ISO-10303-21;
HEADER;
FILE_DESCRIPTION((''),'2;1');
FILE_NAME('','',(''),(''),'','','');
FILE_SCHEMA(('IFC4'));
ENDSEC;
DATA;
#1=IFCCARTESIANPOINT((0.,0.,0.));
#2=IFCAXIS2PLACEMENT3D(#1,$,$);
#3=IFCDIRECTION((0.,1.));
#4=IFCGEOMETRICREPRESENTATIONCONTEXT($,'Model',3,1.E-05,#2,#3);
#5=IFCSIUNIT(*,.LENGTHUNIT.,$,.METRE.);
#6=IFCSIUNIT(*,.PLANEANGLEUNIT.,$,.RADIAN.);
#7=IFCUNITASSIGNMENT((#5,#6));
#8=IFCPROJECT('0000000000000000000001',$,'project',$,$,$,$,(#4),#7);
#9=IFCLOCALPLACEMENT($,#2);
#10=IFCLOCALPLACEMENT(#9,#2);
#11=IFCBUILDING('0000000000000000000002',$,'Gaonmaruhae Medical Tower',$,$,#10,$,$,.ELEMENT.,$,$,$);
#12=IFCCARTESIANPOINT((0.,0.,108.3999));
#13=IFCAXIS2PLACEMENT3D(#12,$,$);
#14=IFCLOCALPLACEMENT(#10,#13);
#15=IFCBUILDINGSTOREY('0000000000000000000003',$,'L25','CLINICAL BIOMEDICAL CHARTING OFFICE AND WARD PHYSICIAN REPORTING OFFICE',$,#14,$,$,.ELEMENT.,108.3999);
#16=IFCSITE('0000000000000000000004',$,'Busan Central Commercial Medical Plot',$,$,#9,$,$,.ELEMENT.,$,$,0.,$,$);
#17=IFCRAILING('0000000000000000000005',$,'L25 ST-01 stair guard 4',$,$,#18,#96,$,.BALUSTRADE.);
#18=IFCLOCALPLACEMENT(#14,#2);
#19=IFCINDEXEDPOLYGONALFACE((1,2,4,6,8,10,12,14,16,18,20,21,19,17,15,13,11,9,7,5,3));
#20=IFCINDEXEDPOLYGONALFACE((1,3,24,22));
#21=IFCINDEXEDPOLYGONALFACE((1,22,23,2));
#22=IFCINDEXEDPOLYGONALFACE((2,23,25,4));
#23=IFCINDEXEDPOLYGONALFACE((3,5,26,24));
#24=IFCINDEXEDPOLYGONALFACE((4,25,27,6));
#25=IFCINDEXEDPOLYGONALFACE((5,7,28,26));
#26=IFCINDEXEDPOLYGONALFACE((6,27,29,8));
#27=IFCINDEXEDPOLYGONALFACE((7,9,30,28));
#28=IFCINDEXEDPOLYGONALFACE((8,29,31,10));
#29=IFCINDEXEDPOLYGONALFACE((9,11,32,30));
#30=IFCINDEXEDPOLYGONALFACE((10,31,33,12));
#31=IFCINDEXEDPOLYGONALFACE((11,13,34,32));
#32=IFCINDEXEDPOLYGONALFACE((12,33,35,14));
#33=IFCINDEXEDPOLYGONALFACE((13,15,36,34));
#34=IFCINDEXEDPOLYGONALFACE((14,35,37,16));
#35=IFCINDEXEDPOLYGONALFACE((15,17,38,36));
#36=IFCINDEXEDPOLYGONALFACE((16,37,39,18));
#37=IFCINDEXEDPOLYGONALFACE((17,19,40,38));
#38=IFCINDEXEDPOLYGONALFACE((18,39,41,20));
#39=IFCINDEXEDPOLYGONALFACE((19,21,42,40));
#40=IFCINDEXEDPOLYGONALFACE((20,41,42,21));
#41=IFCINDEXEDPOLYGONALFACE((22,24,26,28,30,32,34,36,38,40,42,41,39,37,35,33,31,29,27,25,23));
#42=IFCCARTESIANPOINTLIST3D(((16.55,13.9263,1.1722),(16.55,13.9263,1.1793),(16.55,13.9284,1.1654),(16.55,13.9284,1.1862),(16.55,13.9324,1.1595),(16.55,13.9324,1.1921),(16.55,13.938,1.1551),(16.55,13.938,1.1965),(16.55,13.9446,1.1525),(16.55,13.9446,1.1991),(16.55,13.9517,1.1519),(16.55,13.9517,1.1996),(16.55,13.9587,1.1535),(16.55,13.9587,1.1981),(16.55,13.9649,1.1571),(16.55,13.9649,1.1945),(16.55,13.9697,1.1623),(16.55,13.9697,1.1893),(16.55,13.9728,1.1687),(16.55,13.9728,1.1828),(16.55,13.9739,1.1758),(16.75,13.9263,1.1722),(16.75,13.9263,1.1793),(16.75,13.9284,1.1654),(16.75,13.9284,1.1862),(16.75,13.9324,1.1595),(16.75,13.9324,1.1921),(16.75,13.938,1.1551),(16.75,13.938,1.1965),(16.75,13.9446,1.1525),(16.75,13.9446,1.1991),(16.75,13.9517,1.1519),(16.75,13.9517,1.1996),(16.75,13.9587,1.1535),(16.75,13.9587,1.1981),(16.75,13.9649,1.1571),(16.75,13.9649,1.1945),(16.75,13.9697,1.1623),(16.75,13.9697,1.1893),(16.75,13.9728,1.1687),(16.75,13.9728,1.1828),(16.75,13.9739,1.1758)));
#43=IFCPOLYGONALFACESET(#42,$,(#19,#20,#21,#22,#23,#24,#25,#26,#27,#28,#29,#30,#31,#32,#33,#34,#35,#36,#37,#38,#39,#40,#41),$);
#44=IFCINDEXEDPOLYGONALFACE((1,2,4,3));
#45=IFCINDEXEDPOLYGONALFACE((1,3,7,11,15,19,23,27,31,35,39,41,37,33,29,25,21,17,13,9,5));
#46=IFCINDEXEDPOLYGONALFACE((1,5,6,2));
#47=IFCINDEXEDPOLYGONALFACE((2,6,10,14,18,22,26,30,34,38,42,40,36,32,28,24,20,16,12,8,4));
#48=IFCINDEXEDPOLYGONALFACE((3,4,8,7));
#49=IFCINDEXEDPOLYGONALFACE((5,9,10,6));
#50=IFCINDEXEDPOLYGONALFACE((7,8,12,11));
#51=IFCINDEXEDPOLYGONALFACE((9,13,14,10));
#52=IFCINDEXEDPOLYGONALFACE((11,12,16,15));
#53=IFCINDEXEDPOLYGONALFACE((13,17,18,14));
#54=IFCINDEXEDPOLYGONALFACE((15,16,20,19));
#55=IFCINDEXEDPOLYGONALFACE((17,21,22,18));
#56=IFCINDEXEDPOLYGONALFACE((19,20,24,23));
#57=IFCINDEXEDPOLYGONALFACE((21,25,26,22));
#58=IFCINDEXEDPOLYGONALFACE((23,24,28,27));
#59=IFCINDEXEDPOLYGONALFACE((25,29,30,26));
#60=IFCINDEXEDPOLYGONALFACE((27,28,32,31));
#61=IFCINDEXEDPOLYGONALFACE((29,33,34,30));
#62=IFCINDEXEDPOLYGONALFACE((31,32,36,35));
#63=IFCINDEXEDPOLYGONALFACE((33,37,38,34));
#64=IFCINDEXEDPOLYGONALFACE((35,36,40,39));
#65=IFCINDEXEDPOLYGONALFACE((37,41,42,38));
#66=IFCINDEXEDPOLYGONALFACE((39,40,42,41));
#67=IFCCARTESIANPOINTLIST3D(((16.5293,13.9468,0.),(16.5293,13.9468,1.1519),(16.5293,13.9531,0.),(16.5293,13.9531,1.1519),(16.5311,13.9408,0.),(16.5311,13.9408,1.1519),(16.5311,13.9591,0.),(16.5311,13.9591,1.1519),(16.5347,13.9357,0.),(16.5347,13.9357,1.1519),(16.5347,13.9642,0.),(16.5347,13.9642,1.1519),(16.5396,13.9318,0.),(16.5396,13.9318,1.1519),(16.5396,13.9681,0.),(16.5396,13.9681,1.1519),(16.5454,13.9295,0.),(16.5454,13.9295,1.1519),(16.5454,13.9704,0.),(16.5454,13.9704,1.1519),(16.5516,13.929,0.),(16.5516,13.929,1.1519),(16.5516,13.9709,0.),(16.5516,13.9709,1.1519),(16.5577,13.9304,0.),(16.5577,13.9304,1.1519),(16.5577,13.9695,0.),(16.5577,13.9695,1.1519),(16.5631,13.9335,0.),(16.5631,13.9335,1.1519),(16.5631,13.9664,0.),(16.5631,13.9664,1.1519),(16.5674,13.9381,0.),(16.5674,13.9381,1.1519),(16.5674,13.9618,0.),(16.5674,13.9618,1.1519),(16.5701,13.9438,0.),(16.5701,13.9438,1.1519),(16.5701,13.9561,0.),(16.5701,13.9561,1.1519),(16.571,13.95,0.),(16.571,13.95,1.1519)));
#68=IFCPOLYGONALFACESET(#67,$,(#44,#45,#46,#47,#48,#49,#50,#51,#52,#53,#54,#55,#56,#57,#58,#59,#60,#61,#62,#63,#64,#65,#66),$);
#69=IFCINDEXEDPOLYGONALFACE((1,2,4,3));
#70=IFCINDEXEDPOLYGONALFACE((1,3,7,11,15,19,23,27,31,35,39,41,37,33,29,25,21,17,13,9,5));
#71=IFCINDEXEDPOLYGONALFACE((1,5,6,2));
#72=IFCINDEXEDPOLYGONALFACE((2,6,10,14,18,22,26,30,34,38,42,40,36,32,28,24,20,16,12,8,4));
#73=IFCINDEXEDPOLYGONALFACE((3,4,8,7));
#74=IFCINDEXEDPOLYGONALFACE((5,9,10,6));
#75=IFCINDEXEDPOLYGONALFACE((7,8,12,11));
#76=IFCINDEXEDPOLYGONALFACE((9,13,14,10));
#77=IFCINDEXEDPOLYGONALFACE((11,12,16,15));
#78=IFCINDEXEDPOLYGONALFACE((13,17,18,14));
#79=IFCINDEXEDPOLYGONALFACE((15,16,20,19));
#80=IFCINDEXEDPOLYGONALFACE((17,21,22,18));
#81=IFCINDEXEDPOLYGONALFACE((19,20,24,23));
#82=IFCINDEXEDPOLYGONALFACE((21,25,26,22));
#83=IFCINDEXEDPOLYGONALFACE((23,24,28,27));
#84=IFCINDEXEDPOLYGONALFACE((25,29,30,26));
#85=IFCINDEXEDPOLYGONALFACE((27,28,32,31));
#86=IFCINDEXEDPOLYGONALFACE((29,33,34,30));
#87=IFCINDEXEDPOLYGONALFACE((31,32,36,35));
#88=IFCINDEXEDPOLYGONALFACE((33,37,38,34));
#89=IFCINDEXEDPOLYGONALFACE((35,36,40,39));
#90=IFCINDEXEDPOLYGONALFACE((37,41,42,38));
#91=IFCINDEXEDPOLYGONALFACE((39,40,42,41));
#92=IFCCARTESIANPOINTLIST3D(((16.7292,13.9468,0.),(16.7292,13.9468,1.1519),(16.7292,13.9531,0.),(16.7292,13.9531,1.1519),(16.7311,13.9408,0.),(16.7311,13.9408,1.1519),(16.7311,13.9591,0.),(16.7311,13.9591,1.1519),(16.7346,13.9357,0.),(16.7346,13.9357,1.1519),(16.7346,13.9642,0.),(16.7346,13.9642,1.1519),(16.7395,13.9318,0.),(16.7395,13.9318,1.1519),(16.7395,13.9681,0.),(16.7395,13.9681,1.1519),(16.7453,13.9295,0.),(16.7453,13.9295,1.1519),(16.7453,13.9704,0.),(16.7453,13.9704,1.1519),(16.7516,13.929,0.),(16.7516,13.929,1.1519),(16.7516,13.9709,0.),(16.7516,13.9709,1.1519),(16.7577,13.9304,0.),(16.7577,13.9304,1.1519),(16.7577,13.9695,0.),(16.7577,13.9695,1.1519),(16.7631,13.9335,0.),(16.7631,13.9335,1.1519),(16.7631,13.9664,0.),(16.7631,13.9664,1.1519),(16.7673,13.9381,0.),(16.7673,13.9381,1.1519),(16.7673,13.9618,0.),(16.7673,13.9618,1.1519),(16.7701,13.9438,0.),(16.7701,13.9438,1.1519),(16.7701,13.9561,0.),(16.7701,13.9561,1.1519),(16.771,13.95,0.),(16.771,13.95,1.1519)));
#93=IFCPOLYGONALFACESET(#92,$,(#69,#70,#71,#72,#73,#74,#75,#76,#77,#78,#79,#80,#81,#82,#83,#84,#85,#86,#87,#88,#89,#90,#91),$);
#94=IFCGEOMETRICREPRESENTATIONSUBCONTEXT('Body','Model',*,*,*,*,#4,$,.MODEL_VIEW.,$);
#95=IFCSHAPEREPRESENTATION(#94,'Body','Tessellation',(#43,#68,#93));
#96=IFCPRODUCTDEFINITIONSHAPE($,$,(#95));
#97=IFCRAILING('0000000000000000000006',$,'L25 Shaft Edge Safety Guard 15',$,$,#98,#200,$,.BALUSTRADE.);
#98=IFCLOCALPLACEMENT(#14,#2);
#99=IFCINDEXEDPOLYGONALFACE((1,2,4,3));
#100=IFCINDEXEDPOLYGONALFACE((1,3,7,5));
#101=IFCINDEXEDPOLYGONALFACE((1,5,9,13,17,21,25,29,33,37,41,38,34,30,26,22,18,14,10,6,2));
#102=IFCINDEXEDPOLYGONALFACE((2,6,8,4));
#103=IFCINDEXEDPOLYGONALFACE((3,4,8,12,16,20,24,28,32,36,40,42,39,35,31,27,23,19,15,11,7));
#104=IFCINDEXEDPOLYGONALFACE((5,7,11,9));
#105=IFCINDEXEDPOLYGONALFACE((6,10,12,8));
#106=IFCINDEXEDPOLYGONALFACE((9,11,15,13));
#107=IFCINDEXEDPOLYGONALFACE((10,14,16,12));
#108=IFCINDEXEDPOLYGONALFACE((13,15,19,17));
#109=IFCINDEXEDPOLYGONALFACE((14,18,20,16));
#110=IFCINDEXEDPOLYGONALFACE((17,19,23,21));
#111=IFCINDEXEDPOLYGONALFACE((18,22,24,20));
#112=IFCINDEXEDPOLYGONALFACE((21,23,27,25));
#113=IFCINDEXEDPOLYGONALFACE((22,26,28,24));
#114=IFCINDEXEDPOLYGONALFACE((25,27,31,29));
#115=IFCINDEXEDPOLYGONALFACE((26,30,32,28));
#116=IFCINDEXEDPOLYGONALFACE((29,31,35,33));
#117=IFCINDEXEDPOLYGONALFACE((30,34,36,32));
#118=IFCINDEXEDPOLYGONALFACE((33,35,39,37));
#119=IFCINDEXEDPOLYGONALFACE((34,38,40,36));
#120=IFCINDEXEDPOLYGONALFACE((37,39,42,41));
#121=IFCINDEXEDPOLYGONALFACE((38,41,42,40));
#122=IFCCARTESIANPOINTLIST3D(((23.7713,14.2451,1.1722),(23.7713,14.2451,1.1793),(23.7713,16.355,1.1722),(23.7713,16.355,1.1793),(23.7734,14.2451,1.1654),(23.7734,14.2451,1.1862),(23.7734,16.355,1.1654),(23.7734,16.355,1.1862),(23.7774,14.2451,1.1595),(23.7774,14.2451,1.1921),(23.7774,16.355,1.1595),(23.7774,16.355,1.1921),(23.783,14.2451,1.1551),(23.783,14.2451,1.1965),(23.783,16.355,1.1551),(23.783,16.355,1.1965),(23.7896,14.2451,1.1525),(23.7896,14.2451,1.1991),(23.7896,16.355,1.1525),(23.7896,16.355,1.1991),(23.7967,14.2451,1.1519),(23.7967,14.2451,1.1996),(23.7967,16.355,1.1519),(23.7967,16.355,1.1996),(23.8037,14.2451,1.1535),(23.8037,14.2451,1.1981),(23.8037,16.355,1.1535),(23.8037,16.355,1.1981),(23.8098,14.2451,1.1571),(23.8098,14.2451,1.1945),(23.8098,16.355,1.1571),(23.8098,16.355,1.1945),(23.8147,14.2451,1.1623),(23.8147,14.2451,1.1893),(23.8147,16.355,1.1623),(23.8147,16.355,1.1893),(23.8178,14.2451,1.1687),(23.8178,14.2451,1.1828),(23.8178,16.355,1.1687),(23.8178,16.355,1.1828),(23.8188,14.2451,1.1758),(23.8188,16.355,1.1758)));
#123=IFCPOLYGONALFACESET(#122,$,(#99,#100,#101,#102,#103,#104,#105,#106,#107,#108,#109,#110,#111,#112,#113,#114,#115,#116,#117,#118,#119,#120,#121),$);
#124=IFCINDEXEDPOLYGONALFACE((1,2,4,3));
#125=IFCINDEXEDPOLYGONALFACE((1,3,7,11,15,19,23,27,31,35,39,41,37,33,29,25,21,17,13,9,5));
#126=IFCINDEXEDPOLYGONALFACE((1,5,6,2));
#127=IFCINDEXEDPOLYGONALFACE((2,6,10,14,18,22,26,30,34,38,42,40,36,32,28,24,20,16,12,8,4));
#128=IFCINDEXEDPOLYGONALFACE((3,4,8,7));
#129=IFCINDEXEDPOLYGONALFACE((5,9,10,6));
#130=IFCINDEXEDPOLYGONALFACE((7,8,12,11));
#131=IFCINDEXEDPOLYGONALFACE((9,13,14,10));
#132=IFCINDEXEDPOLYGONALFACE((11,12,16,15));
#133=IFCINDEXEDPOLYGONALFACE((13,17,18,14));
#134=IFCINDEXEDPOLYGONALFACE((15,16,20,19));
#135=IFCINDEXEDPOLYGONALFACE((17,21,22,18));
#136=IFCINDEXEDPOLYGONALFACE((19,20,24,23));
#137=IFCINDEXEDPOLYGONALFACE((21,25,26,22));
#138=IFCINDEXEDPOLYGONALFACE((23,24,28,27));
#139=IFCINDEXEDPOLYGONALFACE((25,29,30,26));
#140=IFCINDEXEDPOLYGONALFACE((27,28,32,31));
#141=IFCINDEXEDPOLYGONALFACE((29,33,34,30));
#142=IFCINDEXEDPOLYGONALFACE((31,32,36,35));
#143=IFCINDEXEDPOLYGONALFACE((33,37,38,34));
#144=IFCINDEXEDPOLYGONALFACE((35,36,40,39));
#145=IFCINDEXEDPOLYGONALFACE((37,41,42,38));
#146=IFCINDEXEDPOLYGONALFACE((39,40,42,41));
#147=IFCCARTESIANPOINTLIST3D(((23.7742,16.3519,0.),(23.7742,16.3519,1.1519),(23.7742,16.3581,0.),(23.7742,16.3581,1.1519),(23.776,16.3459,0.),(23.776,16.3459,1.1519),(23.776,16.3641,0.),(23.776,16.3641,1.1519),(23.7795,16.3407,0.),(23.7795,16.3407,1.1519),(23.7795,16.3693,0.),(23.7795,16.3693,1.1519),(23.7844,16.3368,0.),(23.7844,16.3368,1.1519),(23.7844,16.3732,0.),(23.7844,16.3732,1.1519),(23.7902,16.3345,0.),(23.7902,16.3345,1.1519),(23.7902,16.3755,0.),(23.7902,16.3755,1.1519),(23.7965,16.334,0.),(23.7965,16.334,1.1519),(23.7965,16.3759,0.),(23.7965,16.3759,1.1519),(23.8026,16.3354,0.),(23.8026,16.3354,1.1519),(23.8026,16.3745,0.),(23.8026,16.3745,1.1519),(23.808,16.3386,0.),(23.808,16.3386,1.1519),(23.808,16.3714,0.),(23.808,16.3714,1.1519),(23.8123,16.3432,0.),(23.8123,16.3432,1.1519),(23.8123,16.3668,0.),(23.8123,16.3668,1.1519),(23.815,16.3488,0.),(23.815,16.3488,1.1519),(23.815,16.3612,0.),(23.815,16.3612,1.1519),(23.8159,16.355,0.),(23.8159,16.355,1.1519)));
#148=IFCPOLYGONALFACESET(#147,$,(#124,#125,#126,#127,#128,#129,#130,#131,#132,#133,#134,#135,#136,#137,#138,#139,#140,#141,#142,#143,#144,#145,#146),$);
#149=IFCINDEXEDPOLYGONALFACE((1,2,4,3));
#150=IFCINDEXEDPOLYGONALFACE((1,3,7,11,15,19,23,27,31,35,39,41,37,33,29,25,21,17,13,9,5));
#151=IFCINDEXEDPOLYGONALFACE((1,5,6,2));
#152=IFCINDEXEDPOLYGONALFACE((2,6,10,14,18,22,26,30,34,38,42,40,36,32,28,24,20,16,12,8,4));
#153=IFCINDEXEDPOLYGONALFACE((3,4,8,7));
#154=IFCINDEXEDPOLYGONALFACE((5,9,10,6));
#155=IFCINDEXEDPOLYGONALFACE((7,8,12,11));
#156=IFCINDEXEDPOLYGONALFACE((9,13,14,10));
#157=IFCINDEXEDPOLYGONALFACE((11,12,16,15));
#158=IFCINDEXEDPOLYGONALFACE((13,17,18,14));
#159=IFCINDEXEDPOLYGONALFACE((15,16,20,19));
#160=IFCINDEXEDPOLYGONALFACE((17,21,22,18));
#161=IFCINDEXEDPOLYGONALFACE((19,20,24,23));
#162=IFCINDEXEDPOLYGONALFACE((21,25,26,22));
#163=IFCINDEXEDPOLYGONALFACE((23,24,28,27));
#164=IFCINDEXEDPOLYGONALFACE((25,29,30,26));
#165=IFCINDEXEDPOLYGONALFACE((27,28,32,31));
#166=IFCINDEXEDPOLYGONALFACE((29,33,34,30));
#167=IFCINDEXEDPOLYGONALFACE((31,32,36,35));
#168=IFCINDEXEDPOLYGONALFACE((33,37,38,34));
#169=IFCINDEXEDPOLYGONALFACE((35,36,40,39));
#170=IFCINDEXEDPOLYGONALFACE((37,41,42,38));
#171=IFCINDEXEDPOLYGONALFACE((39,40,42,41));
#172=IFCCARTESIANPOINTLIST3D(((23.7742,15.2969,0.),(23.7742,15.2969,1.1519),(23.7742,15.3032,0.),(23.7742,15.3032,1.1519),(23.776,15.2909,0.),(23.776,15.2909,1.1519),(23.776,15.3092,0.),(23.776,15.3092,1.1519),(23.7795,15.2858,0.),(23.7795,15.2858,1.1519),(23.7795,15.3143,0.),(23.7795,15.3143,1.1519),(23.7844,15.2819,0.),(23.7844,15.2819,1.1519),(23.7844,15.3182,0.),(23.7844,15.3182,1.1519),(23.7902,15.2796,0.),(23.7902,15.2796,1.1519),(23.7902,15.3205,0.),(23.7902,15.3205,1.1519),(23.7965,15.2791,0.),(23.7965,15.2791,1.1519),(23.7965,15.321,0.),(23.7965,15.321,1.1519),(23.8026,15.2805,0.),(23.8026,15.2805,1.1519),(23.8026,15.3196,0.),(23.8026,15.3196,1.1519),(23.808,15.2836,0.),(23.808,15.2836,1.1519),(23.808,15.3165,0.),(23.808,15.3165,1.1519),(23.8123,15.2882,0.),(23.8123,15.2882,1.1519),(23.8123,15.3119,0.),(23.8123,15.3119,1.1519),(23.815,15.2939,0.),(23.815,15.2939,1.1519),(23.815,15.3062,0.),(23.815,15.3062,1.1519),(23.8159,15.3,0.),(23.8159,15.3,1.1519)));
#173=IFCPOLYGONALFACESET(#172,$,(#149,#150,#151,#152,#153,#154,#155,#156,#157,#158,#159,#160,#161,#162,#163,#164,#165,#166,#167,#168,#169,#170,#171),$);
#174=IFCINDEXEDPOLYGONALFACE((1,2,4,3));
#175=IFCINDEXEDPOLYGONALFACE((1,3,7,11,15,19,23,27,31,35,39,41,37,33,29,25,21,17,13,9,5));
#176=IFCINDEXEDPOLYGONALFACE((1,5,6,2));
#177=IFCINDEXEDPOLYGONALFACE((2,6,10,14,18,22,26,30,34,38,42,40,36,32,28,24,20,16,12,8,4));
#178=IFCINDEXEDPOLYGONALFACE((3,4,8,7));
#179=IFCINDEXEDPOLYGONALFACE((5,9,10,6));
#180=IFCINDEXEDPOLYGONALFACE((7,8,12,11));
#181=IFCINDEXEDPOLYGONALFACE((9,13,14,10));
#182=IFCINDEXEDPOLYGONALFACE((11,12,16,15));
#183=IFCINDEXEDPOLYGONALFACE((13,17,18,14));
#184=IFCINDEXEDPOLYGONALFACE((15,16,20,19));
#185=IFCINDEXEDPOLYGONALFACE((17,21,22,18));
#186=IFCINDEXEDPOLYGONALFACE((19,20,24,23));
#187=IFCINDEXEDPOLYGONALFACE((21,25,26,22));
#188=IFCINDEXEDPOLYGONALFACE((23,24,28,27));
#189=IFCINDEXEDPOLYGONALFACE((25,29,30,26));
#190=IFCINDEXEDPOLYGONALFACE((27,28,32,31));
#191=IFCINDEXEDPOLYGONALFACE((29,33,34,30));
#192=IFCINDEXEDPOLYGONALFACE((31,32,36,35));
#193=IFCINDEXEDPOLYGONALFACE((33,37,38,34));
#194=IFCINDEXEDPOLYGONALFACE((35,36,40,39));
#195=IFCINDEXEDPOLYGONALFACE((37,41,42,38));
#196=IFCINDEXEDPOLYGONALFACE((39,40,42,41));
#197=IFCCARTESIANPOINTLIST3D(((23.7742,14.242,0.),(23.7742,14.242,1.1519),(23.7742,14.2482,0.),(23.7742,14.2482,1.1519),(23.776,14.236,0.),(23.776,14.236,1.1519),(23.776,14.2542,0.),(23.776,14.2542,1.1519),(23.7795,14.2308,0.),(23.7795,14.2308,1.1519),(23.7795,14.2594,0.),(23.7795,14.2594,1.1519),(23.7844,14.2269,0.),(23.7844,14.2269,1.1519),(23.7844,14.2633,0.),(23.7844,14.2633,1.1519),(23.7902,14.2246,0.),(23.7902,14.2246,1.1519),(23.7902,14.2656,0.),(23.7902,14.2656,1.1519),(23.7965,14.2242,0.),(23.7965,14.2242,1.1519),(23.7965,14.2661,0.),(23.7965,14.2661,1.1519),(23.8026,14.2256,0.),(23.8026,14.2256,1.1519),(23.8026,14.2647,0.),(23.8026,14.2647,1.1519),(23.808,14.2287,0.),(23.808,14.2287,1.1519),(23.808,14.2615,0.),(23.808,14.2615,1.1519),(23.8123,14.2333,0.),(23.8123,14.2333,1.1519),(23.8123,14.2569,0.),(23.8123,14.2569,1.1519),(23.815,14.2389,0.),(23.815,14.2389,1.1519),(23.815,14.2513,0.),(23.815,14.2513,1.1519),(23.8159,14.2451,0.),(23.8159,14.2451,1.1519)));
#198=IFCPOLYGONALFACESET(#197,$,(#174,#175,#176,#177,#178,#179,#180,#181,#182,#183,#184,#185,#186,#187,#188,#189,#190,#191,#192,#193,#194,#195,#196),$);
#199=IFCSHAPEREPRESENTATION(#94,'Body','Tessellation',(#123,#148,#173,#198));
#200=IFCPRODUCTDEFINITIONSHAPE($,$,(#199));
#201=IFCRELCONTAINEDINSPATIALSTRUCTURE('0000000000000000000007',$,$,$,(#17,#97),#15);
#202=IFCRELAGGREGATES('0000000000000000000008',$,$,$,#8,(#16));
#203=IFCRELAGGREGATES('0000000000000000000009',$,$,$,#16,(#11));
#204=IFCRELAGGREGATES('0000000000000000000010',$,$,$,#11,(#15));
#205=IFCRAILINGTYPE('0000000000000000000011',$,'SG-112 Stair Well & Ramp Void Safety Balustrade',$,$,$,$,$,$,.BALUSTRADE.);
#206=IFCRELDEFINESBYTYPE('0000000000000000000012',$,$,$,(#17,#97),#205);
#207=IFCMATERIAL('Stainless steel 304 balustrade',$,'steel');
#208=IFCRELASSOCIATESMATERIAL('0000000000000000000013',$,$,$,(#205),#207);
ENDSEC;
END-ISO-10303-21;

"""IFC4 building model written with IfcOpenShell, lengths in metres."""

from ifc_helpers import new_model, si_unit, direction, frame, origin, origin_2d, place, context, subcontext, project, spatial, circle, extrude, material, type_object, element, save


model = new_model("IFC4")

# Units and contexts
model_context = context("Model", 3, precision=1e-05, world=origin(), true_north=direction((0.0, 1.0)))
body_context = subcontext(model_context, "Body", "Model", "MODEL_VIEW")
ifc_project = project(units=[si_unit("LENGTHUNIT", "METRE"), si_unit("PLANEANGLEUNIT", "RADIAN")], contexts=[model_context])

# Site, building, storey
site_placement = place(None, origin())
site = spatial("IfcSite", under=ifc_project, at=site_placement, Name="Busan Central Commercial Medical Plot", CompositionType="ELEMENT", RefElevation=0.0)
building_placement = place(site_placement, origin())
building = spatial("IfcBuilding", under=site, at=building_placement, Name="Gaonmaruhae Medical Tower", CompositionType="ELEMENT")
storey_placement = place(building_placement, frame((0.0, 0.0, 108.3999)))
storey = spatial("IfcBuildingStorey", under=building, at=storey_placement, Name="L25", Description="CLINICAL BIOMEDICAL CHARTING OFFICE AND WARD PHYSICIAN REPORTING OFFICE", CompositionType="ELEMENT", Elevation=108.3999)

# Railings
ifc_material_1 = material(Name="Stainless steel 304 balustrade", Category="steel")
railing_type_1 = type_object("IfcRailingType", Name="SG-112 Stair Well & Ramp Void Safety Balustrade", PredefinedType="BALUSTRADE", material=ifc_material_1)
railing_1_placement = place(storey_placement, frame((16.55, 13.95, 0.0)))
element("IfcRailing", 1, at=railing_1_placement, inside=storey, type_object=railing_type_1, Name="L25 ST-01 stair guard 4", PredefinedType="BALUSTRADE", context=body_context, shape_type="SweptSolid", body=[
    extrude(circle(Radius=0.0239, at=origin_2d()), frame((0.0, 0.0, 1.1758), z_axis=(1.0, 0.0, 0.0), x_axis=(0.0, 1.0, 0.0)), (0.0, 0.0, 1.0), 0.2),
    extrude(circle(Radius=0.021, at=origin_2d()), origin(), (0.0, 0.0, 1.0), 1.1519),
    extrude(circle(Radius=0.021, at=origin_2d()), frame((0.2, 0.0, 0.0)), (0.0, 0.0, 1.0), 1.1519),
])
railing_2_placement = place(storey_placement, frame((23.7949, 16.355, 0.0)))
element("IfcRailing", 2, at=railing_2_placement, inside=storey, type_object=railing_type_1, Name="L25 Shaft Edge Safety Guard 15", PredefinedType="BALUSTRADE", context=body_context, shape_type="SweptSolid", body=[
    extrude(circle(Radius=0.0239, at=origin_2d()), frame((0.0, 0.0, 1.1758), z_axis=(0.0, -1.0, 0.0), x_axis=(1.0, 0.0, 0.0)), (0.0, 0.0, 1.0), 2.1099),
    extrude(circle(Radius=0.021, at=origin_2d()), origin(), (0.0, 0.0, 1.0), 1.1519),
    extrude(circle(Radius=0.021, at=origin_2d()), frame((0.0, -1.0549, 0.0)), (0.0, 0.0, 1.0), 1.1519),
    extrude(circle(Radius=0.021, at=origin_2d()), frame((0.0, -2.1099, 0.0)), (0.0, 0.0, 1.0), 1.1519),
])

save(model, "model.ifc")
